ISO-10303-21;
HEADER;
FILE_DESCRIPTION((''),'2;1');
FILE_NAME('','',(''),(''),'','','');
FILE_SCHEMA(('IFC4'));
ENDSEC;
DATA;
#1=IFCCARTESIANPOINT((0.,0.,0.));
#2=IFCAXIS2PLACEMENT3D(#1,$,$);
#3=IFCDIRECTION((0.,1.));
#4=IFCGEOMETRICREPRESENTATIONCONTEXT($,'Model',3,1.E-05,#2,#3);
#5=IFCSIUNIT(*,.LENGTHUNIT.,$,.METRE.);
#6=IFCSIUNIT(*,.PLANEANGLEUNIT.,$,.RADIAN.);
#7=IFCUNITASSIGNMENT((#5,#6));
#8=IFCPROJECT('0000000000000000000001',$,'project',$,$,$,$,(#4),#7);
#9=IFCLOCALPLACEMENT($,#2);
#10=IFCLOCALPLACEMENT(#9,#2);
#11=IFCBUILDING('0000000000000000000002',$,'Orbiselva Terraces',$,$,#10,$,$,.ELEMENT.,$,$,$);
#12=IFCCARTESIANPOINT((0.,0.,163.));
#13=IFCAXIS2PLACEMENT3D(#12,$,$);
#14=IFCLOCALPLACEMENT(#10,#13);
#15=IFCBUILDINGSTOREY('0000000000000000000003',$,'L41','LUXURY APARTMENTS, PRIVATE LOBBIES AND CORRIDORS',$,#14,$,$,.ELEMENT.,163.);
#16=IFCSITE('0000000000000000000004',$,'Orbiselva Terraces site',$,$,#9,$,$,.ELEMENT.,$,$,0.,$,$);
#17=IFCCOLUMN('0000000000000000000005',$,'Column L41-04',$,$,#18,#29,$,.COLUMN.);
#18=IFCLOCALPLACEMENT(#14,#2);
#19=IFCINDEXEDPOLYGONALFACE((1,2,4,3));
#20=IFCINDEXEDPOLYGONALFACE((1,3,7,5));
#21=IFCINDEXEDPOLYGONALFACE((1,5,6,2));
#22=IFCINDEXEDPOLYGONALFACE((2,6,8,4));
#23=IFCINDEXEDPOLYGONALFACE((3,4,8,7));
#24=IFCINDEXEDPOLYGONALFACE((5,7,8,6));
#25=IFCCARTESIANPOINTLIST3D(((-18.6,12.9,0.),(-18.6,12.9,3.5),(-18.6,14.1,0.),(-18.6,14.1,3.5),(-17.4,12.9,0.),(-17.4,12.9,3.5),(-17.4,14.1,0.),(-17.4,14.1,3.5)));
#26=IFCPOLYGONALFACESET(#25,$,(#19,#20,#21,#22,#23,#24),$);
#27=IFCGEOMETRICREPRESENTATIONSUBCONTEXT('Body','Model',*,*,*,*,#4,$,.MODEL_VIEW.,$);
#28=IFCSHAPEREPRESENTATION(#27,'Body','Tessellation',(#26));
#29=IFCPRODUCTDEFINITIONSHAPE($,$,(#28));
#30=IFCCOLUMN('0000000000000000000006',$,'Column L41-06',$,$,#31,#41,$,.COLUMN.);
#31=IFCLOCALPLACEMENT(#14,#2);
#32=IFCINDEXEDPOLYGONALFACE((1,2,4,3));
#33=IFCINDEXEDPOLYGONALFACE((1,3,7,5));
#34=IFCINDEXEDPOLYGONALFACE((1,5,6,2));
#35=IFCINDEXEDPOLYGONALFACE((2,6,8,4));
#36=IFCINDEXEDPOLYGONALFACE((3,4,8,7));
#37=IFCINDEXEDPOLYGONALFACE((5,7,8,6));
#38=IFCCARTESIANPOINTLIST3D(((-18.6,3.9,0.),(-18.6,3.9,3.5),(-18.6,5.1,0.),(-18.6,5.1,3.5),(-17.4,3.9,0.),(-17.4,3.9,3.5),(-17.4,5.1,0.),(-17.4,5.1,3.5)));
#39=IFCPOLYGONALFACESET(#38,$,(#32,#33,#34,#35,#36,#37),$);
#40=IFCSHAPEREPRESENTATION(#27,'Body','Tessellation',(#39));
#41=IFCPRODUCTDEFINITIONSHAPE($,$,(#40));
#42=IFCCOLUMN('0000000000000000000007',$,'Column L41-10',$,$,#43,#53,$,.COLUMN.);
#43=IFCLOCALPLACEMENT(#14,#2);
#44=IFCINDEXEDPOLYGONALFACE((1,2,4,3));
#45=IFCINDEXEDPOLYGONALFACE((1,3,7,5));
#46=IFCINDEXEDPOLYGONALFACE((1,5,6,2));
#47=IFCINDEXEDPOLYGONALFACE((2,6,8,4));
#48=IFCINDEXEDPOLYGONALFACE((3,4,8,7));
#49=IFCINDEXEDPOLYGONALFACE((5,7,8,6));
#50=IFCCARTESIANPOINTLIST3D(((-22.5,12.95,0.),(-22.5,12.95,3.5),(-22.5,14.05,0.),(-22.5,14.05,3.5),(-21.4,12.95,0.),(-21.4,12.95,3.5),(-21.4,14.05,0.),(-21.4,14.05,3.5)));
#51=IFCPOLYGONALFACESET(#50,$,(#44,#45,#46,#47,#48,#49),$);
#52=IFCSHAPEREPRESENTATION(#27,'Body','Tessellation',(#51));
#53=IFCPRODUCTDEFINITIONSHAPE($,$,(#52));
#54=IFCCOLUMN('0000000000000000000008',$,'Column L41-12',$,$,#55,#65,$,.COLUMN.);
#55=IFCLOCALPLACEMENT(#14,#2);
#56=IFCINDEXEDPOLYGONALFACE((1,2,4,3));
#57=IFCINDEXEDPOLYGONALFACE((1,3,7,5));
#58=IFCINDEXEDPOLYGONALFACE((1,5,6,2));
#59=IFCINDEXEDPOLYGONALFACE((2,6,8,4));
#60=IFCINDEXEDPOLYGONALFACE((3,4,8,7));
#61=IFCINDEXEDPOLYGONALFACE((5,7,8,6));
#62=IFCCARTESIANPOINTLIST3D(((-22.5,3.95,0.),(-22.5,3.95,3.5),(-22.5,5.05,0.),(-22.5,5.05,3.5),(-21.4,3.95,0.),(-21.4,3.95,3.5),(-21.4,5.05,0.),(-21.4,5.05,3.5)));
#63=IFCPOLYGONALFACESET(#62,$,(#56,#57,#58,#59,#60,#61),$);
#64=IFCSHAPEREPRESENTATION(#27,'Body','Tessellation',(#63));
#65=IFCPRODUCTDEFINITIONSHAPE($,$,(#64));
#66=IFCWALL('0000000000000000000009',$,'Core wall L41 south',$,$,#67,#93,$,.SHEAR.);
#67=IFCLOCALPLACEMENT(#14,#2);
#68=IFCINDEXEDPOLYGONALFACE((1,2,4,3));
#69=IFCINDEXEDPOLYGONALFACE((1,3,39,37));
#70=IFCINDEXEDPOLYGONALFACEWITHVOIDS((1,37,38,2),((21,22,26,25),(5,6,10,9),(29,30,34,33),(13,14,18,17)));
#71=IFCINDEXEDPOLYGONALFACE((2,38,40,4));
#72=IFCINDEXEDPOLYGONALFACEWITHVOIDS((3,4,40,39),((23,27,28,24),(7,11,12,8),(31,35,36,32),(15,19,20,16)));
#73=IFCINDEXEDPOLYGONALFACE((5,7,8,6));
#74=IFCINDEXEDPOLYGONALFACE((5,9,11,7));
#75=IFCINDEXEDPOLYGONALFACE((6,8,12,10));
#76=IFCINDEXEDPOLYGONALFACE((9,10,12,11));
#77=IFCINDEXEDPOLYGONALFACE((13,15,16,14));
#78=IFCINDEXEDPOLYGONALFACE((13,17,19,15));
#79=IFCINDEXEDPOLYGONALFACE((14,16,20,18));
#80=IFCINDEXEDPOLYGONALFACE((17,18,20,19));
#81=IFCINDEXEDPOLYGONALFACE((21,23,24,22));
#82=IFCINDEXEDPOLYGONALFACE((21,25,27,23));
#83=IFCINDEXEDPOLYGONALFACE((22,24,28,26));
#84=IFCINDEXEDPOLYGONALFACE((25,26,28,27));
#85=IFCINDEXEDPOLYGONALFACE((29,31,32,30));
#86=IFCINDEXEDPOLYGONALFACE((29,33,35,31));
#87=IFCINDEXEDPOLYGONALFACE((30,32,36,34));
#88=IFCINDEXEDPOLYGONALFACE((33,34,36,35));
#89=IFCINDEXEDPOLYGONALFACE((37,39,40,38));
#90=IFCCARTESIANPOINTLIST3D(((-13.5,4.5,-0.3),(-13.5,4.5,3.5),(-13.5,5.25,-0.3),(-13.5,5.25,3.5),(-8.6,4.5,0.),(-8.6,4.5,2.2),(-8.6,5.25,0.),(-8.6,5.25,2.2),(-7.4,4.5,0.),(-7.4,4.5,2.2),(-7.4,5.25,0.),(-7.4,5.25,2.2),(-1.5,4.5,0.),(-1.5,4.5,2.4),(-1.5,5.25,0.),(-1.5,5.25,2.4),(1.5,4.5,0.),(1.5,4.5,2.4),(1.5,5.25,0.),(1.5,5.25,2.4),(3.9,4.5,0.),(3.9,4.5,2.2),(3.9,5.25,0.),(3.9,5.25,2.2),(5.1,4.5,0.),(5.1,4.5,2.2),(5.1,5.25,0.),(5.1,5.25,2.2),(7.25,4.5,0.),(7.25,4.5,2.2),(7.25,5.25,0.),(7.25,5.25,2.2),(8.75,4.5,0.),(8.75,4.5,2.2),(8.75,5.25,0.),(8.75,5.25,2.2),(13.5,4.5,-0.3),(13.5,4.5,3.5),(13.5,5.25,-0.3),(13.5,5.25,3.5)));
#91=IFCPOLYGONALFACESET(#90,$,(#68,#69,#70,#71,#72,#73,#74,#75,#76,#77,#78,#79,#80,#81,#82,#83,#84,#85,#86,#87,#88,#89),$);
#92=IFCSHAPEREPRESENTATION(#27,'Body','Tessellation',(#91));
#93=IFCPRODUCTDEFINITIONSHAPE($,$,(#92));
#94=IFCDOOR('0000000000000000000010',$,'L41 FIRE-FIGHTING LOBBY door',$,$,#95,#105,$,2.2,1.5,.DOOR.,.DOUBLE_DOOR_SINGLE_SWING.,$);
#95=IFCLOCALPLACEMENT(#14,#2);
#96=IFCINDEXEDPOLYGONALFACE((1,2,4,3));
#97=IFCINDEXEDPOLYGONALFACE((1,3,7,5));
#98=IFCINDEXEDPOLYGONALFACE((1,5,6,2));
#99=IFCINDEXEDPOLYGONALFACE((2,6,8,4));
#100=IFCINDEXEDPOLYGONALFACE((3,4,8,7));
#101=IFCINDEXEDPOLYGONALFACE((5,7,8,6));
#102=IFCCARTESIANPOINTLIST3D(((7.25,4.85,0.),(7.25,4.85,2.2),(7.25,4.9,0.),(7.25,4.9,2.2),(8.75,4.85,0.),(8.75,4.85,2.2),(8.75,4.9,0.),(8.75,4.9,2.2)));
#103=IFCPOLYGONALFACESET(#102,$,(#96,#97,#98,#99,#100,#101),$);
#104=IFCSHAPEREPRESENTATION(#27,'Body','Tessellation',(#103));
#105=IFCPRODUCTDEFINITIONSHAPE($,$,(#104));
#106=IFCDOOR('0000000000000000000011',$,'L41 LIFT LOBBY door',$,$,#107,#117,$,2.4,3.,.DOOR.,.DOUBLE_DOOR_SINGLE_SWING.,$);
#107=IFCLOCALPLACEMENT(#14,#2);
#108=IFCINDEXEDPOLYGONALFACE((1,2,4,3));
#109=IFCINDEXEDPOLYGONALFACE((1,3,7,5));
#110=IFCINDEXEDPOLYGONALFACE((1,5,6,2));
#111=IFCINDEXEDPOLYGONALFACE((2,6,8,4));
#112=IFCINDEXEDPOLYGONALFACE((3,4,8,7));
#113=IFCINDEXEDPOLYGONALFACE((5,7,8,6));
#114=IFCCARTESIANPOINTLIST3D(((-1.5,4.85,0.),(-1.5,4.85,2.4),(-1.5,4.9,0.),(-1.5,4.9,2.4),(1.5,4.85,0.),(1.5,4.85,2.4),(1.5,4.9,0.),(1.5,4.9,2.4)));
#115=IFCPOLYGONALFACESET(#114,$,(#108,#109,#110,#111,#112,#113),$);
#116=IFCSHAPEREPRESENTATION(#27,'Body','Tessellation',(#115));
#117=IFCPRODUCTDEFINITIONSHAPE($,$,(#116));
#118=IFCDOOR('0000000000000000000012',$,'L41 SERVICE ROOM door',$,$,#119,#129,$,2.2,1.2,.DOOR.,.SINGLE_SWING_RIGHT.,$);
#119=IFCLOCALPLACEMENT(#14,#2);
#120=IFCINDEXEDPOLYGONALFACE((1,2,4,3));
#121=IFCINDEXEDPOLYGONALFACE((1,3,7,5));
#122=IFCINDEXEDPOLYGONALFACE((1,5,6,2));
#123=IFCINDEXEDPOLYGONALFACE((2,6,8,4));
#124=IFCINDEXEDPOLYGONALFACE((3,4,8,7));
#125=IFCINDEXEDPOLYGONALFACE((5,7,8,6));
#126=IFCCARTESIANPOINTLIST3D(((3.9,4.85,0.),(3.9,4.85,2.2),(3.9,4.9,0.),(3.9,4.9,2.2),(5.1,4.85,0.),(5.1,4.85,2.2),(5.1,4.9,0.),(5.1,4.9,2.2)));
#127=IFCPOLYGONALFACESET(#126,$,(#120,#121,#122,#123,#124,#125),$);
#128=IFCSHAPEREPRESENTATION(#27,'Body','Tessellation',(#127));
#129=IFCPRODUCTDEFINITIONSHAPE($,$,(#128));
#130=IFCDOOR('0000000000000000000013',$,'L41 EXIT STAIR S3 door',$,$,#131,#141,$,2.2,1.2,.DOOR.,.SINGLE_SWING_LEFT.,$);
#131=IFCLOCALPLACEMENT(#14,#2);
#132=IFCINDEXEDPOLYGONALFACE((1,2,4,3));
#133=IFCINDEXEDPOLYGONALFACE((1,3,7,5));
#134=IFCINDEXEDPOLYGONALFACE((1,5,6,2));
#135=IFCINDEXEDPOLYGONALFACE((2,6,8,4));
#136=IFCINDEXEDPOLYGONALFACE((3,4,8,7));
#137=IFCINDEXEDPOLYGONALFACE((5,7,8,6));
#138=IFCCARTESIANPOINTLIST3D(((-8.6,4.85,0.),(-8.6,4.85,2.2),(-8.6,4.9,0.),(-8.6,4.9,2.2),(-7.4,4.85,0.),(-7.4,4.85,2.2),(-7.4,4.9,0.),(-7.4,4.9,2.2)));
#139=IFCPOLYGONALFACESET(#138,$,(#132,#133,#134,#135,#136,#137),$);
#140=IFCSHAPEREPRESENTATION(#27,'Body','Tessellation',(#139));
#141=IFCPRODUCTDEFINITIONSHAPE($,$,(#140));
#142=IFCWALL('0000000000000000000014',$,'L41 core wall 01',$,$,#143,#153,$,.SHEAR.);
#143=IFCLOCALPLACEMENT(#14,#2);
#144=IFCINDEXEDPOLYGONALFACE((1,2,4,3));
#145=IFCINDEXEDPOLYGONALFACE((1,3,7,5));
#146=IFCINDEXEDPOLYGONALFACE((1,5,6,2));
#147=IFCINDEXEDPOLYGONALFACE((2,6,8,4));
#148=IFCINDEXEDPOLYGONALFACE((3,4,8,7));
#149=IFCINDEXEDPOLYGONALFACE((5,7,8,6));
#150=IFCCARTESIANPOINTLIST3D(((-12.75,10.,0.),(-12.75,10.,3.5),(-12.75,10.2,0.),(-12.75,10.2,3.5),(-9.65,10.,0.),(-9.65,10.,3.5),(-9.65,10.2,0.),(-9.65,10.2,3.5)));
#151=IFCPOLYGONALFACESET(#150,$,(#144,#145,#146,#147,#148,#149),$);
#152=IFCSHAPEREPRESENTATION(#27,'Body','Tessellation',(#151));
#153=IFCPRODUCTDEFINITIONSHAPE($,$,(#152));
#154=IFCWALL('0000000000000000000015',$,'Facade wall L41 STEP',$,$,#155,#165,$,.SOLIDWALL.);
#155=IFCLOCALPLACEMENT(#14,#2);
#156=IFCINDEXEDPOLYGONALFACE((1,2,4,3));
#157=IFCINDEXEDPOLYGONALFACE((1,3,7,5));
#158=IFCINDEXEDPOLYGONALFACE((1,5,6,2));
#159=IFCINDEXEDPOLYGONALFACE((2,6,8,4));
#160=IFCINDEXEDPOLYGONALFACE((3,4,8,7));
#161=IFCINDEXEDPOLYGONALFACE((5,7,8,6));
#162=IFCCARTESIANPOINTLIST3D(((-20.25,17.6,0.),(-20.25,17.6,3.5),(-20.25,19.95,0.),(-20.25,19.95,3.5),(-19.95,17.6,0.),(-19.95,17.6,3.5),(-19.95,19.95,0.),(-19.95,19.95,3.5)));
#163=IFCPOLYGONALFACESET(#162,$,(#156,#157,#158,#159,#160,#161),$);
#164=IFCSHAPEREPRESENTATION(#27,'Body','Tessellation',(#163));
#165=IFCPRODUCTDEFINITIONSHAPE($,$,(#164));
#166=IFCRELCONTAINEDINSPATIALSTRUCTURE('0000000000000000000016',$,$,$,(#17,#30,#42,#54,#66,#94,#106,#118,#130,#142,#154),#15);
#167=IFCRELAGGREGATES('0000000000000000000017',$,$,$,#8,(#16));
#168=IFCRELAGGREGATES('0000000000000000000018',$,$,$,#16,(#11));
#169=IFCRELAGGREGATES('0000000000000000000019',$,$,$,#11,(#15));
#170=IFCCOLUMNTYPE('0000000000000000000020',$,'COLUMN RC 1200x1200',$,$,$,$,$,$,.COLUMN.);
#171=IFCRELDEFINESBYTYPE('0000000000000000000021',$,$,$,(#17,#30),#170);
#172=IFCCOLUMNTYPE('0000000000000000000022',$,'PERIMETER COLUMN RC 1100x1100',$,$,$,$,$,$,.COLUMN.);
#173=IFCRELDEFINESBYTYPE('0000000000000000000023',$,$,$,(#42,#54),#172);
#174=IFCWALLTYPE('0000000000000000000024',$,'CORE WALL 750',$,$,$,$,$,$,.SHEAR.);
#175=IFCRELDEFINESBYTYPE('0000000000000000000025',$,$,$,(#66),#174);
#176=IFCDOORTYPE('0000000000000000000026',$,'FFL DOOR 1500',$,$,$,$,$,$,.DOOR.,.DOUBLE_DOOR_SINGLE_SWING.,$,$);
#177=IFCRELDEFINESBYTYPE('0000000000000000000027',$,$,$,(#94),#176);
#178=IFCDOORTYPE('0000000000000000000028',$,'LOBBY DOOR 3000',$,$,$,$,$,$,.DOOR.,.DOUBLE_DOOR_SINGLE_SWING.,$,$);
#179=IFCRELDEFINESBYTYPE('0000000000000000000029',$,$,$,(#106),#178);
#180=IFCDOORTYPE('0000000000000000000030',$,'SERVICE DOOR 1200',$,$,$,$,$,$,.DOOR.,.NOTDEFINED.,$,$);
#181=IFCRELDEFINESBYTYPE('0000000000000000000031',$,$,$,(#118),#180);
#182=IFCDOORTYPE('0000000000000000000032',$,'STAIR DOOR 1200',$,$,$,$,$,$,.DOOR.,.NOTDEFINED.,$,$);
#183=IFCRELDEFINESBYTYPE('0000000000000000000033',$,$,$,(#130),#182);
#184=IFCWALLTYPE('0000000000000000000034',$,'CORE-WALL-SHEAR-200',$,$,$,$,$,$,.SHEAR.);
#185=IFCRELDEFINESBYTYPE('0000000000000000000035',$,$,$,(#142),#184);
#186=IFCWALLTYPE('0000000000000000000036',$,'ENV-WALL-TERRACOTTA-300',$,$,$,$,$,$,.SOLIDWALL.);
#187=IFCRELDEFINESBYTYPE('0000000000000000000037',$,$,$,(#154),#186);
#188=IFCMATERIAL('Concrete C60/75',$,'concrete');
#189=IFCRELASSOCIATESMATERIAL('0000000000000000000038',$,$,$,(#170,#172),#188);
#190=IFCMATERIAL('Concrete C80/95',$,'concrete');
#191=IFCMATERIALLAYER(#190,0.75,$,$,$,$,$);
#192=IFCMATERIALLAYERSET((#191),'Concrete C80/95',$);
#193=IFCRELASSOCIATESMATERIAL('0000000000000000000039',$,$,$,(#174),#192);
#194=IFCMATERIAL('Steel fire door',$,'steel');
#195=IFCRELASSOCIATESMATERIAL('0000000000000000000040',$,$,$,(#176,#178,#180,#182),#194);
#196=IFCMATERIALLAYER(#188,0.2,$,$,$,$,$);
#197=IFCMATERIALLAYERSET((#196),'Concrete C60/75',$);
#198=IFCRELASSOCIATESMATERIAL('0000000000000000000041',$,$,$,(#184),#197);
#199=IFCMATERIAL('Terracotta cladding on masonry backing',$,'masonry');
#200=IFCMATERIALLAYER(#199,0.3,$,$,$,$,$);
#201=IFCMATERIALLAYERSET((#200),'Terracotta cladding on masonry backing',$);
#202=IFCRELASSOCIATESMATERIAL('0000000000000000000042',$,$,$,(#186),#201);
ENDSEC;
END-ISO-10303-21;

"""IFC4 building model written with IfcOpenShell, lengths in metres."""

from ifc_helpers import new_model, si_unit, direction, frame, frame_2d, origin, origin_2d, place, context, subcontext, project, spatial, rectangle, extrude, material, layer, layer_set, material_profile, profile_set, type_object, element, fill, save


model = new_model("IFC4")

# Units and contexts
model_context = context("Model", 3, precision=1e-05, world=origin(), true_north=direction((0.0, 1.0)))
body_context = subcontext(model_context, "Body", "Model", "MODEL_VIEW")
ifc_project = project(units=[si_unit("LENGTHUNIT", "METRE"), si_unit("PLANEANGLEUNIT", "RADIAN")], contexts=[model_context])

# Site, building, storey
site_placement = place(None, origin())
site = spatial("IfcSite", under=ifc_project, at=site_placement, Name="Orbiselva Terraces site", CompositionType="ELEMENT", RefElevation=0.0)
building_placement = place(site_placement, origin())
building = spatial("IfcBuilding", under=site, at=building_placement, Name="Orbiselva Terraces", CompositionType="ELEMENT")
storey_placement = place(building_placement, frame((0.0, 0.0, 163.0)))
storey = spatial("IfcBuildingStorey", under=building, at=storey_placement, Name="L41", Description="LUXURY APARTMENTS, PRIVATE LOBBIES AND CORRIDORS", CompositionType="ELEMENT", Elevation=163.0)

# Columns
ifc_material_1 = material(Name="Concrete C60/75", Category="concrete")
ifc_material_profile_1 = material_profile(ifc_material_1, rectangle(XDim=1.2, YDim=1.2, at=origin_2d()), Name="RC 1200x1200")
ifc_profile_set_1 = profile_set([ifc_material_profile_1], Name="Concrete C60/75")
column_type_1 = type_object("IfcColumnType", Name="COLUMN RC 1200x1200", PredefinedType="COLUMN", material=ifc_profile_set_1)
for number, where, z_axis, x_axis, name in (
    (1, (-18.0, 13.5, 0.0), (0.0, 0.0, 1.0), (1.0, 0.0, 0.0), "Column L41-04"),
    (2, (-18.0, 4.5, 0.0), (0.0, 0.0, 1.0), (1.0, 0.0, 0.0), "Column L41-06"),
):
    element("IfcColumn", number, at=place(storey_placement, frame(where, z_axis=z_axis, x_axis=x_axis)), inside=storey, type_object=column_type_1, Name=name, PredefinedType="COLUMN", context=body_context, shape_type="SweptSolid", body=[
        extrude(rectangle(XDim=1.2, YDim=1.2, at=origin_2d()), origin(), (0.0, 0.0, 1.0), 3.5),
    ])
ifc_material_profile_2 = material_profile(ifc_material_1, rectangle(XDim=1.1, YDim=1.1, at=origin_2d()), Name="RC 1100x1100")
ifc_profile_set_2 = profile_set([ifc_material_profile_2], Name="Concrete C60/75")
column_type_2 = type_object("IfcColumnType", Name="PERIMETER COLUMN RC 1100x1100", PredefinedType="COLUMN", material=ifc_profile_set_2)
for number, where, z_axis, x_axis, name in (
    (3, (-21.95, 13.5, 0.0), (0.0, 0.0, 1.0), (1.0, 0.0, 0.0), "Column L41-10"),
    (4, (-21.95, 4.5, 0.0), (0.0, 0.0, 1.0), (1.0, 0.0, 0.0), "Column L41-12"),
):
    element("IfcColumn", number, at=place(storey_placement, frame(where, z_axis=z_axis, x_axis=x_axis)), inside=storey, type_object=column_type_2, Name=name, PredefinedType="COLUMN", context=body_context, shape_type="SweptSolid", body=[
        extrude(rectangle(XDim=1.1, YDim=1.1, at=origin_2d()), origin(), (0.0, 0.0, 1.0), 3.5),
    ])

# Wall, openings, doors
ifc_material_2 = material(Name="Concrete C80/95", Category="concrete")
ifc_layer_1 = layer(ifc_material_2, 0.75)
ifc_layer_set_1 = layer_set([ifc_layer_1], Name="Concrete C80/95")
wall_type_1 = type_object("IfcWallType", Name="CORE WALL 750", PredefinedType="SHEAR", material=ifc_layer_set_1)
wall_1_placement = place(storey_placement, frame((-13.5, 4.875, -0.3), z_axis=(0.0, 0.0, 1.0), x_axis=(1.0, 0.0, 0.0)))
wall_1 = element("IfcWall", 5, at=wall_1_placement, inside=storey, type_object=wall_type_1, Name="Core wall L41 south", PredefinedType="SHEAR", context=body_context, shape_type="SweptSolid", body=[
    extrude(rectangle(XDim=27.0, YDim=0.75, at=frame_2d((13.5, 0.0))), origin(), (0.0, 0.0, 1.0), 3.8),
])
opening_1_placement = place(wall_1_placement, frame((12.0, 0.0, 0.3)))
opening_1 = element("IfcOpeningElement", 6, at=opening_1_placement, cuts=wall_1, PredefinedType="OPENING", context=body_context, shape_type="SweptSolid", body=[
    extrude(rectangle(XDim=3.0, YDim=2.4, at=frame_2d((1.5, 1.2))), frame((0.0, 0.385, 0.0), z_axis=(0.0, -1.0, 0.0), x_axis=(1.0, 0.0, 0.0)), (0.0, 0.0, 1.0), 0.77),
])
opening_2_placement = place(wall_1_placement, frame((4.9, 0.0, 0.3)))
opening_2 = element("IfcOpeningElement", 7, at=opening_2_placement, cuts=wall_1, PredefinedType="OPENING", context=body_context, shape_type="SweptSolid", body=[
    extrude(rectangle(XDim=1.2, YDim=2.2, at=frame_2d((0.6, 1.1))), frame((0.0, 0.385, 0.0), z_axis=(0.0, -1.0, 0.0), x_axis=(1.0, 0.0, 0.0)), (0.0, 0.0, 1.0), 0.77),
])
opening_3_placement = place(wall_1_placement, frame((20.75, 0.0, 0.3)))
opening_3 = element("IfcOpeningElement", 8, at=opening_3_placement, cuts=wall_1, PredefinedType="OPENING", context=body_context, shape_type="SweptSolid", body=[
    extrude(rectangle(XDim=1.5, YDim=2.2, at=frame_2d((0.75, 1.1))), frame((0.0, 0.385, 0.0), z_axis=(0.0, -1.0, 0.0), x_axis=(1.0, 0.0, 0.0)), (0.0, 0.0, 1.0), 0.77),
])
opening_4_placement = place(wall_1_placement, frame((17.4, 0.0, 0.3)))
opening_4 = element("IfcOpeningElement", 9, at=opening_4_placement, cuts=wall_1, PredefinedType="OPENING", context=body_context, shape_type="SweptSolid", body=[
    extrude(rectangle(XDim=1.2, YDim=2.2, at=frame_2d((0.6, 1.1))), frame((0.0, 0.385, 0.0), z_axis=(0.0, -1.0, 0.0), x_axis=(1.0, 0.0, 0.0)), (0.0, 0.0, 1.0), 0.77),
])
ifc_material_3 = material(Name="Steel fire door", Category="steel")
door_type_1 = type_object("IfcDoorType", Name="FFL DOOR 1500", OperationType="DOUBLE_DOOR_SINGLE_SWING", PredefinedType="DOOR", material=ifc_material_3)
door_1_placement = place(opening_3_placement, frame((1.5, 0.0, 0.0), z_axis=(0.0, 0.0, 1.0), x_axis=(-1.0, 0.0, 0.0)))
door_1 = element("IfcDoor", 10, at=door_1_placement, inside=storey, type_object=door_type_1, Name="L41 FIRE-FIGHTING LOBBY door", OperationType="DOUBLE_DOOR_SINGLE_SWING", OverallHeight=2.2, OverallWidth=1.5, PredefinedType="DOOR", context=body_context, shape_type="SweptSolid", body=[
    extrude(rectangle(XDim=1.5, YDim=2.2, at=frame_2d((0.75, 1.1))), frame((0.0, 0.025, 0.0), z_axis=(0.0, -1.0, 0.0), x_axis=(1.0, 0.0, 0.0)), (0.0, 0.0, 1.0), 0.05),
])
fill(opening_3, door_1)
door_type_2 = type_object("IfcDoorType", Name="LOBBY DOOR 3000", OperationType="DOUBLE_DOOR_SINGLE_SWING", PredefinedType="DOOR", material=ifc_material_3)
door_2_placement = place(opening_1_placement, frame((3.0, 0.0, 0.0), z_axis=(0.0, 0.0, 1.0), x_axis=(-1.0, 0.0, 0.0)))
door_2 = element("IfcDoor", 11, at=door_2_placement, inside=storey, type_object=door_type_2, Name="L41 LIFT LOBBY door", OperationType="DOUBLE_DOOR_SINGLE_SWING", OverallHeight=2.4, OverallWidth=3.0, PredefinedType="DOOR", context=body_context, shape_type="SweptSolid", body=[
    extrude(rectangle(XDim=3.0, YDim=2.4, at=frame_2d((1.5, 1.2))), frame((0.0, 0.025, 0.0), z_axis=(0.0, -1.0, 0.0), x_axis=(1.0, 0.0, 0.0)), (0.0, 0.0, 1.0), 0.05),
])
fill(opening_1, door_2)
door_type_3 = type_object("IfcDoorType", Name="SERVICE DOOR 1200", OperationType="NOTDEFINED", PredefinedType="DOOR", material=ifc_material_3)
door_3_placement = place(opening_4_placement, frame((1.2, 0.0, 0.0), z_axis=(0.0, 0.0, 1.0), x_axis=(-1.0, 0.0, 0.0)))
door_3 = element("IfcDoor", 12, at=door_3_placement, inside=storey, type_object=door_type_3, Name="L41 SERVICE ROOM door", OperationType="SINGLE_SWING_RIGHT", OverallHeight=2.2, OverallWidth=1.2, PredefinedType="DOOR", context=body_context, shape_type="SweptSolid", body=[
    extrude(rectangle(XDim=1.2, YDim=2.2, at=frame_2d((0.6, 1.1))), frame((0.0, 0.025, 0.0), z_axis=(0.0, -1.0, 0.0), x_axis=(1.0, 0.0, 0.0)), (0.0, 0.0, 1.0), 0.05),
])
fill(opening_4, door_3)
door_type_4 = type_object("IfcDoorType", Name="STAIR DOOR 1200", OperationType="NOTDEFINED", PredefinedType="DOOR", material=ifc_material_3)
door_4_placement = place(opening_2_placement, frame((1.2, 0.0, 0.0), z_axis=(0.0, 0.0, 1.0), x_axis=(-1.0, 0.0, 0.0)))
door_4 = element("IfcDoor", 13, at=door_4_placement, inside=storey, type_object=door_type_4, Name="L41 EXIT STAIR S3 door", OperationType="SINGLE_SWING_LEFT", OverallHeight=2.2, OverallWidth=1.2, PredefinedType="DOOR", context=body_context, shape_type="SweptSolid", body=[
    extrude(rectangle(XDim=1.2, YDim=2.2, at=frame_2d((0.6, 1.1))), frame((0.0, 0.025, 0.0), z_axis=(0.0, -1.0, 0.0), x_axis=(1.0, 0.0, 0.0)), (0.0, 0.0, 1.0), 0.05),
])
fill(opening_2, door_4)

# Walls
ifc_layer_2 = layer(ifc_material_1, 0.2)
ifc_layer_set_2 = layer_set([ifc_layer_2], Name="Concrete C60/75")
wall_type_2 = type_object("IfcWallType", Name="CORE-WALL-SHEAR-200", PredefinedType="SHEAR", material=ifc_layer_set_2)
wall_2_placement = place(storey_placement, frame((-12.75, 10.1, 0.0), z_axis=(0.0, 0.0, 1.0), x_axis=(1.0, 0.0, 0.0)))
element("IfcWall", 14, at=wall_2_placement, inside=storey, type_object=wall_type_2, Name="L41 core wall 01", PredefinedType="SHEAR", context=body_context, shape_type="SweptSolid", body=[
    extrude(rectangle(XDim=3.1, YDim=0.2, at=frame_2d((1.55, 0.0))), origin(), (0.0, 0.0, 1.0), 3.5),
])
ifc_material_4 = material(Name="Terracotta cladding on masonry backing", Category="masonry")
ifc_layer_3 = layer(ifc_material_4, 0.3)
ifc_layer_set_3 = layer_set([ifc_layer_3], Name="Terracotta cladding on masonry backing")
wall_type_3 = type_object("IfcWallType", Name="ENV-WALL-TERRACOTTA-300", PredefinedType="SOLIDWALL", material=ifc_layer_set_3)
wall_3_placement = place(storey_placement, frame((-20.1, 17.6, 0.0), z_axis=(0.0, 0.0, 1.0), x_axis=(0.0, 1.0, 0.0)))
element("IfcWall", 15, at=wall_3_placement, inside=storey, type_object=wall_type_3, Name="Facade wall L41 STEP", PredefinedType="SOLIDWALL", context=body_context, shape_type="SweptSolid", body=[
    extrude(rectangle(XDim=2.35, YDim=0.3, at=frame_2d((1.175, 0.0))), origin(), (0.0, 0.0, 1.0), 3.5),
])

save(model, "model.ifc")
